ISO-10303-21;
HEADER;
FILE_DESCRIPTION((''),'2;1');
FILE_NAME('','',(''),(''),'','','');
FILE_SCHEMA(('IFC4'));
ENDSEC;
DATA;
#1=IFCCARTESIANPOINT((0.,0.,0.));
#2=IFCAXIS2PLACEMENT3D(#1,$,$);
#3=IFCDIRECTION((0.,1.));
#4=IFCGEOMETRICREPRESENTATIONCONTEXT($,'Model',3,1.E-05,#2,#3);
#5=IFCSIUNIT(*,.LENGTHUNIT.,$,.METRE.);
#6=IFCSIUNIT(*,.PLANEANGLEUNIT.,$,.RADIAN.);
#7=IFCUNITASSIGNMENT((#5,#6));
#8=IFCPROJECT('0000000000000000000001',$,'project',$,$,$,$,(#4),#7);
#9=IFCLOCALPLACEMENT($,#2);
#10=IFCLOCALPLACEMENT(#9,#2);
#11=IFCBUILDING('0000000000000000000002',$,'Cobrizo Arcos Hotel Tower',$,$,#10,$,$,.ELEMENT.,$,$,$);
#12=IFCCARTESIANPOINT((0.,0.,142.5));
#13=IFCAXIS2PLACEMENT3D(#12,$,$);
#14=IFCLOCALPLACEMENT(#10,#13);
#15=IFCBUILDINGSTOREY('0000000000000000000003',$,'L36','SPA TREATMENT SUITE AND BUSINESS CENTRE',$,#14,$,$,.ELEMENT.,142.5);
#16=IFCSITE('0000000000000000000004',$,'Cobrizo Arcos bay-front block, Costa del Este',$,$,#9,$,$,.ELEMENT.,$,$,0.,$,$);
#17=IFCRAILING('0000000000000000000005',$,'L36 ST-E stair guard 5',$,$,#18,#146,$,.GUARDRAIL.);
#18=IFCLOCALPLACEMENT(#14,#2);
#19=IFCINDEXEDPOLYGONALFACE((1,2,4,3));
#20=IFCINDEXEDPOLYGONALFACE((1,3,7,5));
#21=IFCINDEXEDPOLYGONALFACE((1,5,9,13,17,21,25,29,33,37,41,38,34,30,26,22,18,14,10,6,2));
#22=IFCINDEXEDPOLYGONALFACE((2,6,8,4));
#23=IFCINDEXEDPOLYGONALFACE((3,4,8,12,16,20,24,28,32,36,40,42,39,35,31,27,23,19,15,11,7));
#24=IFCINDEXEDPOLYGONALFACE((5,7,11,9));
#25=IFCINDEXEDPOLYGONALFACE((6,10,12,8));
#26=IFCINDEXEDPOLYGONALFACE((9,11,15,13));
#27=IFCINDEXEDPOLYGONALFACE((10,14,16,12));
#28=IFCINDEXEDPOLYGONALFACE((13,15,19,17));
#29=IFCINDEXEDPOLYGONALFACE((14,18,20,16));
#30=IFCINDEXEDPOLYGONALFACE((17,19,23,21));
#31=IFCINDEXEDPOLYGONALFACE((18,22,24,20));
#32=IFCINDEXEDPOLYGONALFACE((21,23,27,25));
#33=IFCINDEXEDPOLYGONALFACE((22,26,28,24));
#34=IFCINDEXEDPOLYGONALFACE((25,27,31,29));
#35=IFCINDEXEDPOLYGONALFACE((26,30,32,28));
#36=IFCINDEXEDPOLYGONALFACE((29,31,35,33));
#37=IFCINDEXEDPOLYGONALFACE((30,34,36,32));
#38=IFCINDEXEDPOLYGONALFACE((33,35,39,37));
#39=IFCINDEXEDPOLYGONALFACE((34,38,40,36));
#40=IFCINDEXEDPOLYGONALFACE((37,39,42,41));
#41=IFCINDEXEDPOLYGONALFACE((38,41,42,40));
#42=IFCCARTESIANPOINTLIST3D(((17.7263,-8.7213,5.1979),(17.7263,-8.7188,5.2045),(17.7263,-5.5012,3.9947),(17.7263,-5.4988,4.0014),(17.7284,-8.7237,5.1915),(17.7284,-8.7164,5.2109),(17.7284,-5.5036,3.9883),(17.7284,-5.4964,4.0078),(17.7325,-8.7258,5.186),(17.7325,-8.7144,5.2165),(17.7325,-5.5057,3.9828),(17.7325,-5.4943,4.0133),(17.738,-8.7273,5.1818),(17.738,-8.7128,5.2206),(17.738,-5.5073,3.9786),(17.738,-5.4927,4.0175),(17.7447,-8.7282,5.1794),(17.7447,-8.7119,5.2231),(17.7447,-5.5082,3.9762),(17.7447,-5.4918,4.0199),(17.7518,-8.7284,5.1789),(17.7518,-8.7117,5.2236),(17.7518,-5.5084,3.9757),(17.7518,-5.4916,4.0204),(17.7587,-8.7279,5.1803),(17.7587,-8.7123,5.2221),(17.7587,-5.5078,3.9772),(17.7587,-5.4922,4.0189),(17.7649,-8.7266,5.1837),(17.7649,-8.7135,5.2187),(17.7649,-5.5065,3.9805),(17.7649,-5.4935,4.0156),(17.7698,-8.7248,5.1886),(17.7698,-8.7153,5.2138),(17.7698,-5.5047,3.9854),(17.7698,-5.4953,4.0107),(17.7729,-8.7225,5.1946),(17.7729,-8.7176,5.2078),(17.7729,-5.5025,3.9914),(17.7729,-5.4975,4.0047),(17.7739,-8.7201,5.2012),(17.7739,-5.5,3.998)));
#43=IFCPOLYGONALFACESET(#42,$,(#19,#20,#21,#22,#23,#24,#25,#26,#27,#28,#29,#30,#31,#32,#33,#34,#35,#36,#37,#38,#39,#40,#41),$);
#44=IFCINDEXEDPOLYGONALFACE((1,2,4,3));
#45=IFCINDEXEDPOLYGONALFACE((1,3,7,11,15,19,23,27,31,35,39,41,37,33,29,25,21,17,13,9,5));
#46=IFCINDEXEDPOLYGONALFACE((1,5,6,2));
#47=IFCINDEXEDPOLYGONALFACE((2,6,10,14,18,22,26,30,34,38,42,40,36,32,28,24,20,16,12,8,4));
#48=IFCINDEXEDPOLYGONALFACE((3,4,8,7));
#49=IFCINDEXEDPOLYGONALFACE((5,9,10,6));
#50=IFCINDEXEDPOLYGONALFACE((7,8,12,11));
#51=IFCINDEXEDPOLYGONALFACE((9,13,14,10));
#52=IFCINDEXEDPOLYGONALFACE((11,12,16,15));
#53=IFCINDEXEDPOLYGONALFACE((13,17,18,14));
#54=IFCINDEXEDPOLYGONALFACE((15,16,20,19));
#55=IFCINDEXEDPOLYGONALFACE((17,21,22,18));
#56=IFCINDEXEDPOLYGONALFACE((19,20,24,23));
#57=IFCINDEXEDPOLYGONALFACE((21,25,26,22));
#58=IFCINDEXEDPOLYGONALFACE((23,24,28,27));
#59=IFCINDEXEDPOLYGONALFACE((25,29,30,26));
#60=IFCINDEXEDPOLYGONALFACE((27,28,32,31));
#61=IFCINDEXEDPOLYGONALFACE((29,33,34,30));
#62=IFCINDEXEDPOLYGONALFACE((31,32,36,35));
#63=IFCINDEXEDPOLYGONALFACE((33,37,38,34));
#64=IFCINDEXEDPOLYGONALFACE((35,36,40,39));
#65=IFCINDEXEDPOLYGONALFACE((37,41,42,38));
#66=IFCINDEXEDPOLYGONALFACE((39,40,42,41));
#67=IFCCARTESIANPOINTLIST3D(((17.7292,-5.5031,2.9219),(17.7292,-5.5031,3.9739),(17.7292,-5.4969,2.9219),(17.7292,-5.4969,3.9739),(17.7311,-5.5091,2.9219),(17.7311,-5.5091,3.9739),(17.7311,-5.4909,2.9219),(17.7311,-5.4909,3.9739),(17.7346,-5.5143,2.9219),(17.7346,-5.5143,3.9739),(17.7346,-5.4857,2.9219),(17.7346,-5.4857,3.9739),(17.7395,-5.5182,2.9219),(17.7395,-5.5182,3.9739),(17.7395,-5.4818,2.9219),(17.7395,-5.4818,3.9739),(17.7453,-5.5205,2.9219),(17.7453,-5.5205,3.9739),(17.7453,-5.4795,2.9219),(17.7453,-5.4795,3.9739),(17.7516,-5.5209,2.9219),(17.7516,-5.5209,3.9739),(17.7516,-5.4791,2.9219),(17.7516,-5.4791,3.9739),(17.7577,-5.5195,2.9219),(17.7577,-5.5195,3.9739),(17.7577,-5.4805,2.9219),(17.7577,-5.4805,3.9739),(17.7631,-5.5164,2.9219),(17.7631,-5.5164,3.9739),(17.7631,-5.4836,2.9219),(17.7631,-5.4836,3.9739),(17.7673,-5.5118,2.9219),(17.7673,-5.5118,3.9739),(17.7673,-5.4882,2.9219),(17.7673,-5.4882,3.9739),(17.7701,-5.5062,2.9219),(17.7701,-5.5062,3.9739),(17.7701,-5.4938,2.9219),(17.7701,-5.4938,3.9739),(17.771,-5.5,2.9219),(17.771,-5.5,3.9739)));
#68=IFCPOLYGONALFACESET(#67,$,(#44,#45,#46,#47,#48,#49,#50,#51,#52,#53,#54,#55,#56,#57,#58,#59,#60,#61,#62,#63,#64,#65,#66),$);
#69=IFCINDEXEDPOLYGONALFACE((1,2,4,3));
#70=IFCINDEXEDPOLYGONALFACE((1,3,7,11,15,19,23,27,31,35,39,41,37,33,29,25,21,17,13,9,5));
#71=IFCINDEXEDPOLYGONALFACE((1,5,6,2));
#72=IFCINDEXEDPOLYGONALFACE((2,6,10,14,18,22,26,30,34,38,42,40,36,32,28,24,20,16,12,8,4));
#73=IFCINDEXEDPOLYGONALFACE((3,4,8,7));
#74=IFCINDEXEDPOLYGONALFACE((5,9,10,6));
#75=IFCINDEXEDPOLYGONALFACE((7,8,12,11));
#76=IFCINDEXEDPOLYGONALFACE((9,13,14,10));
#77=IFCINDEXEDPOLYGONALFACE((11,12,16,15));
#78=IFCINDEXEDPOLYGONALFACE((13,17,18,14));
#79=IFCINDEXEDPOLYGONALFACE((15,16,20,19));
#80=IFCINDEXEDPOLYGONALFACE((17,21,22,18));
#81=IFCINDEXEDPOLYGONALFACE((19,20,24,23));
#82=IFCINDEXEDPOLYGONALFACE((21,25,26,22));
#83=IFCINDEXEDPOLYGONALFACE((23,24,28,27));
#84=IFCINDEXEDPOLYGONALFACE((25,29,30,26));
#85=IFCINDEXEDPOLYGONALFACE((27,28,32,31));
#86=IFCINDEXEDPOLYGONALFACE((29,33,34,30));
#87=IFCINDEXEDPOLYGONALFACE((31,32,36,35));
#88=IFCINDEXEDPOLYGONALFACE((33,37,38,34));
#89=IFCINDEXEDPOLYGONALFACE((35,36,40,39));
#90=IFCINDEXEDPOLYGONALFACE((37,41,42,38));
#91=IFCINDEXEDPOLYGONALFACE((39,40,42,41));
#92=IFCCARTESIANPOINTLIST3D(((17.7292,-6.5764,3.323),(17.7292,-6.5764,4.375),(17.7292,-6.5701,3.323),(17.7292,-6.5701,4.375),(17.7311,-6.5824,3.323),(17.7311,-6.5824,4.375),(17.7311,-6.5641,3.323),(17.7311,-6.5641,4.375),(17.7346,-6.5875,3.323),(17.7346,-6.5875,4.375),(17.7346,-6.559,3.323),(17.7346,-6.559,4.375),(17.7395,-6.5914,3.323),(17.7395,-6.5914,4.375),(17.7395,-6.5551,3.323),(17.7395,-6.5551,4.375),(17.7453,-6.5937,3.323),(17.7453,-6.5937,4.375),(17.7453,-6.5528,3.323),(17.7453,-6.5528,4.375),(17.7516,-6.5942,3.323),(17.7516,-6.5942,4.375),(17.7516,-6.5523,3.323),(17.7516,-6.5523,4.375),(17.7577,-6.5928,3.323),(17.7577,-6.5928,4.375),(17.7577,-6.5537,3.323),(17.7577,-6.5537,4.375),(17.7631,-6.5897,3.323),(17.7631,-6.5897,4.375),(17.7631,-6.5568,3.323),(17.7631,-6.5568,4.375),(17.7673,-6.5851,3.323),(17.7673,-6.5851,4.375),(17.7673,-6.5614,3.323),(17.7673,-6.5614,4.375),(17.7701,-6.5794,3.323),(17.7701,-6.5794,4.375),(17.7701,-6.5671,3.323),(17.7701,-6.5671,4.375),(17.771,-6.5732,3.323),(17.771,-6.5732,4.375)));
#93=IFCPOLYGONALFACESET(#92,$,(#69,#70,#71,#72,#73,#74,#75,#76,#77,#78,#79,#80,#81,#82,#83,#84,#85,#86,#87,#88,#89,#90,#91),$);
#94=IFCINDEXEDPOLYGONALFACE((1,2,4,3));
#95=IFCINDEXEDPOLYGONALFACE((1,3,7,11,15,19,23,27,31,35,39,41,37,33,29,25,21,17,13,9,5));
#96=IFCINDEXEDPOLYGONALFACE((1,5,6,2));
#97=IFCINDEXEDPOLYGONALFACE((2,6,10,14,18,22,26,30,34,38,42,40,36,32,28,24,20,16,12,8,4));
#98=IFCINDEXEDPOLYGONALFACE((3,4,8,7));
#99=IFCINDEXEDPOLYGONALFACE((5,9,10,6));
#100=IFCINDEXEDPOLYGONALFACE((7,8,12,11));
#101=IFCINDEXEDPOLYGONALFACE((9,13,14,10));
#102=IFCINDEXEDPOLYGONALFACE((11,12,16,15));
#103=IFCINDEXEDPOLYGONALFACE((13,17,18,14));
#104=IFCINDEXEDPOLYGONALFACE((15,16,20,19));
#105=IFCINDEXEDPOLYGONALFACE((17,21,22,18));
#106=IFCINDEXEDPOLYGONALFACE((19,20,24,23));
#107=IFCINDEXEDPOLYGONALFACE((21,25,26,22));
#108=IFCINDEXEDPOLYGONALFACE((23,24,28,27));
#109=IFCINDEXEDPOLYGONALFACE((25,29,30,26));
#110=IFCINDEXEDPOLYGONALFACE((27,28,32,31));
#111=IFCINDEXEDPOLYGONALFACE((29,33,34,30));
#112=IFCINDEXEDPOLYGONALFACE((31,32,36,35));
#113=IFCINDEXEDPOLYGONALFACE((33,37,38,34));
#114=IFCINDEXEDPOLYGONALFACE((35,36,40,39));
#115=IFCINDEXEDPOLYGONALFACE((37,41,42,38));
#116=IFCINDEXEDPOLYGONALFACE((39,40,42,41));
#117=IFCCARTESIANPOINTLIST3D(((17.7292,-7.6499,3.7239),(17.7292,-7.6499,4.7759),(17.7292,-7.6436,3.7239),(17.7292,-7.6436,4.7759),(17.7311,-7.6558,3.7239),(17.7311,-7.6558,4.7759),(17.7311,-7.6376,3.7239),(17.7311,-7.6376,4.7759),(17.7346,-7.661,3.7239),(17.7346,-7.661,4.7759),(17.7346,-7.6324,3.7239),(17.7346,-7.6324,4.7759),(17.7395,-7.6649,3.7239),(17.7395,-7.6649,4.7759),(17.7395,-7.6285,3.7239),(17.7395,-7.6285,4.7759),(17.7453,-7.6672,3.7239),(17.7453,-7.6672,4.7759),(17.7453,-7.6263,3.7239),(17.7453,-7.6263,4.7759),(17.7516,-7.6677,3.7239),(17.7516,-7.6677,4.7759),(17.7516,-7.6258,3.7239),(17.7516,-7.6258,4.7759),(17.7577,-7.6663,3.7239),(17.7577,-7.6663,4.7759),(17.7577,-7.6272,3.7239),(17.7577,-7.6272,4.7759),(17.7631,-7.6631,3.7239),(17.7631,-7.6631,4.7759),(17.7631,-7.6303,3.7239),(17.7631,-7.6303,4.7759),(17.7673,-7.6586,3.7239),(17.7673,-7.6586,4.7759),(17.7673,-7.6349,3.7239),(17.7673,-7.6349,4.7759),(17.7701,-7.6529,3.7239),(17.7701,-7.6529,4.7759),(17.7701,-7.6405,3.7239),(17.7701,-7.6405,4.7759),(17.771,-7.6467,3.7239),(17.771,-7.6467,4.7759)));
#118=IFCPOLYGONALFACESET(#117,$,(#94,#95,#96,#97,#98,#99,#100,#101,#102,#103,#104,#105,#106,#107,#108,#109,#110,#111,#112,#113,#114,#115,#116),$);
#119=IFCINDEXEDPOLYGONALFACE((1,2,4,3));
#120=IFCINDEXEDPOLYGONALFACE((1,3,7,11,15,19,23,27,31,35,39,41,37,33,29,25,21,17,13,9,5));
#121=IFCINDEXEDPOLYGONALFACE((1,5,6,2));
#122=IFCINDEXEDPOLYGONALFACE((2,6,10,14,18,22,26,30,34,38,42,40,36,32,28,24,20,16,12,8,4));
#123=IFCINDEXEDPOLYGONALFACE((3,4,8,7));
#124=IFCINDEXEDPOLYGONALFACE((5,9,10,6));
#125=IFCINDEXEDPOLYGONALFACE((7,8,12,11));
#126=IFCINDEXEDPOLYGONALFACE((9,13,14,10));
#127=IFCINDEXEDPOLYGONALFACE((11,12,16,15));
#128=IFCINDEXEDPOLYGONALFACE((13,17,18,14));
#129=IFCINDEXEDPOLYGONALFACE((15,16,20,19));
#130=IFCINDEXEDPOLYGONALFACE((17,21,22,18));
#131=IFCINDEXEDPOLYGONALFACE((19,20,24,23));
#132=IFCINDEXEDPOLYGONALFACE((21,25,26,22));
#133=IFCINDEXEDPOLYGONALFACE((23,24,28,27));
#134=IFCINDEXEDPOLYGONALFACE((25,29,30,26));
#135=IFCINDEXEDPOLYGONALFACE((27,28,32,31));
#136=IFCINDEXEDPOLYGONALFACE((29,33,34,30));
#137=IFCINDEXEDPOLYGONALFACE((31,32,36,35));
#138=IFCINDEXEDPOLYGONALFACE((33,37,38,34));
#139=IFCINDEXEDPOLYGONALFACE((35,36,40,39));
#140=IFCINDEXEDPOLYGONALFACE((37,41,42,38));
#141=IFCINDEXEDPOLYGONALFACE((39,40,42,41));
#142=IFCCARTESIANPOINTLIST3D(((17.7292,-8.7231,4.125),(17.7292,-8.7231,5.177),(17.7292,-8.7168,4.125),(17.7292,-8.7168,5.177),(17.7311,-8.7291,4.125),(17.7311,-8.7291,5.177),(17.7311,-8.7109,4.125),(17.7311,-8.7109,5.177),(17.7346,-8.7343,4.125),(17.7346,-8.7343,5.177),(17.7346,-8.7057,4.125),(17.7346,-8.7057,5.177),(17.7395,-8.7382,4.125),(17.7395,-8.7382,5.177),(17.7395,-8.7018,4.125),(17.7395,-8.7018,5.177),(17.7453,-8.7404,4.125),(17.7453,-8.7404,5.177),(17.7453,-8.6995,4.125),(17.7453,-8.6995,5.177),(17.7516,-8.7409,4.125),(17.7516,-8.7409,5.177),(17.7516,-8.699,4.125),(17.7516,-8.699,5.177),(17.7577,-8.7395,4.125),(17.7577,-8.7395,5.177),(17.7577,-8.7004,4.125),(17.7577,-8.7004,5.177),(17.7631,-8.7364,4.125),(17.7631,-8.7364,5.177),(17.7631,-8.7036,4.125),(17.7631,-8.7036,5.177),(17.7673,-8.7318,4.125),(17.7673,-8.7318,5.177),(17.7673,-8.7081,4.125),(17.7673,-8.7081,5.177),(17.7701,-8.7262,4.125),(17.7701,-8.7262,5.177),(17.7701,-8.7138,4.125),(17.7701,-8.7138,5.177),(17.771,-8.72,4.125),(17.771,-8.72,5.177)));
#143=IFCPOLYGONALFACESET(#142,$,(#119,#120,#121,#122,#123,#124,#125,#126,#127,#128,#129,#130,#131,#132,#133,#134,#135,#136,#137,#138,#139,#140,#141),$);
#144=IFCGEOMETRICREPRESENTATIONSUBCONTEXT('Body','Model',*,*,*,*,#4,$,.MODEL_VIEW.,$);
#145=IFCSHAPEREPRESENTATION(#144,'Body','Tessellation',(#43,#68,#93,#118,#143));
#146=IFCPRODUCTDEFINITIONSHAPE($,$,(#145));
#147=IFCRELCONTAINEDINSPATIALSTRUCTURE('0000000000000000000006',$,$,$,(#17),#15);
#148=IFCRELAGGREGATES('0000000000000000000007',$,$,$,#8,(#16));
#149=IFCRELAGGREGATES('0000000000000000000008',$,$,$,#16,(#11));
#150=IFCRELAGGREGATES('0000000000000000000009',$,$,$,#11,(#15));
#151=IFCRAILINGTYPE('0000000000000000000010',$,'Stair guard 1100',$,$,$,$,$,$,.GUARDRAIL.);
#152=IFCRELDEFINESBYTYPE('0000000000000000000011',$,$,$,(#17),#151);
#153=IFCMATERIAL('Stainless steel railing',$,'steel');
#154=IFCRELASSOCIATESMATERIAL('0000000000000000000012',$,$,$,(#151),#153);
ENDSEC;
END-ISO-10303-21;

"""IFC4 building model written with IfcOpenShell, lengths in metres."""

from ifc_helpers import new_model, si_unit, direction, frame, origin, origin_2d, place, context, subcontext, project, spatial, circle, extrude, material, type_object, element, save


model = new_model("IFC4")

# Units and contexts
model_context = context("Model", 3, precision=1e-05, world=origin(), true_north=direction((0.0, 1.0)))
body_context = subcontext(model_context, "Body", "Model", "MODEL_VIEW")
ifc_project = project(units=[si_unit("LENGTHUNIT", "METRE"), si_unit("PLANEANGLEUNIT", "RADIAN")], contexts=[model_context])

# Site, building, storey
site_placement = place(None, origin())
site = spatial("IfcSite", under=ifc_project, at=site_placement, Name="Cobrizo Arcos bay-front block, Costa del Este", CompositionType="ELEMENT", RefElevation=0.0)
building_placement = place(site_placement, origin())
building = spatial("IfcBuilding", under=site, at=building_placement, Name="Cobrizo Arcos Hotel Tower", CompositionType="ELEMENT")
storey_placement = place(building_placement, frame((0.0, 0.0, 142.5)))
storey = spatial("IfcBuildingStorey", under=building, at=storey_placement, Name="L36", Description="SPA TREATMENT SUITE AND BUSINESS CENTRE", CompositionType="ELEMENT", Elevation=142.5)

# Railing
ifc_material_1 = material(Name="Stainless steel railing", Category="steel")
railing_type_1 = type_object("IfcRailingType", Name="Stair guard 1100", PredefinedType="GUARDRAIL", material=ifc_material_1)
railing_1_placement = place(storey_placement, frame((17.75, -5.5, 2.9219)))
element("IfcRailing", 1, at=railing_1_placement, inside=storey, type_object=railing_type_1, Name="L36 ST-E stair guard 5", PredefinedType="GUARDRAIL", context=body_context, shape_type="SweptSolid", body=[
    extrude(circle(Radius=0.0239, at=origin_2d()), frame((0.0, 0.0, 1.0762), z_axis=(0.0, -0.936746, 0.35001), x_axis=(1.0, 0.0, 0.0)), (0.0, 0.0, 1.0), 3.4375),
    extrude(circle(Radius=0.021, at=origin_2d()), origin(), (0.0, 0.0, 1.0), 1.052),
    extrude(circle(Radius=0.021, at=origin_2d()), frame((0.0, -1.0732, 0.4011)), (0.0, 0.0, 1.0), 1.052),
    extrude(circle(Radius=0.021, at=origin_2d()), frame((0.0, -2.1467, 0.802)), (0.0, 0.0, 1.0), 1.052),
    extrude(circle(Radius=0.021, at=origin_2d()), frame((0.0, -3.22, 1.2031)), (0.0, 0.0, 1.0), 1.052),
])

save(model, "model.ifc")
